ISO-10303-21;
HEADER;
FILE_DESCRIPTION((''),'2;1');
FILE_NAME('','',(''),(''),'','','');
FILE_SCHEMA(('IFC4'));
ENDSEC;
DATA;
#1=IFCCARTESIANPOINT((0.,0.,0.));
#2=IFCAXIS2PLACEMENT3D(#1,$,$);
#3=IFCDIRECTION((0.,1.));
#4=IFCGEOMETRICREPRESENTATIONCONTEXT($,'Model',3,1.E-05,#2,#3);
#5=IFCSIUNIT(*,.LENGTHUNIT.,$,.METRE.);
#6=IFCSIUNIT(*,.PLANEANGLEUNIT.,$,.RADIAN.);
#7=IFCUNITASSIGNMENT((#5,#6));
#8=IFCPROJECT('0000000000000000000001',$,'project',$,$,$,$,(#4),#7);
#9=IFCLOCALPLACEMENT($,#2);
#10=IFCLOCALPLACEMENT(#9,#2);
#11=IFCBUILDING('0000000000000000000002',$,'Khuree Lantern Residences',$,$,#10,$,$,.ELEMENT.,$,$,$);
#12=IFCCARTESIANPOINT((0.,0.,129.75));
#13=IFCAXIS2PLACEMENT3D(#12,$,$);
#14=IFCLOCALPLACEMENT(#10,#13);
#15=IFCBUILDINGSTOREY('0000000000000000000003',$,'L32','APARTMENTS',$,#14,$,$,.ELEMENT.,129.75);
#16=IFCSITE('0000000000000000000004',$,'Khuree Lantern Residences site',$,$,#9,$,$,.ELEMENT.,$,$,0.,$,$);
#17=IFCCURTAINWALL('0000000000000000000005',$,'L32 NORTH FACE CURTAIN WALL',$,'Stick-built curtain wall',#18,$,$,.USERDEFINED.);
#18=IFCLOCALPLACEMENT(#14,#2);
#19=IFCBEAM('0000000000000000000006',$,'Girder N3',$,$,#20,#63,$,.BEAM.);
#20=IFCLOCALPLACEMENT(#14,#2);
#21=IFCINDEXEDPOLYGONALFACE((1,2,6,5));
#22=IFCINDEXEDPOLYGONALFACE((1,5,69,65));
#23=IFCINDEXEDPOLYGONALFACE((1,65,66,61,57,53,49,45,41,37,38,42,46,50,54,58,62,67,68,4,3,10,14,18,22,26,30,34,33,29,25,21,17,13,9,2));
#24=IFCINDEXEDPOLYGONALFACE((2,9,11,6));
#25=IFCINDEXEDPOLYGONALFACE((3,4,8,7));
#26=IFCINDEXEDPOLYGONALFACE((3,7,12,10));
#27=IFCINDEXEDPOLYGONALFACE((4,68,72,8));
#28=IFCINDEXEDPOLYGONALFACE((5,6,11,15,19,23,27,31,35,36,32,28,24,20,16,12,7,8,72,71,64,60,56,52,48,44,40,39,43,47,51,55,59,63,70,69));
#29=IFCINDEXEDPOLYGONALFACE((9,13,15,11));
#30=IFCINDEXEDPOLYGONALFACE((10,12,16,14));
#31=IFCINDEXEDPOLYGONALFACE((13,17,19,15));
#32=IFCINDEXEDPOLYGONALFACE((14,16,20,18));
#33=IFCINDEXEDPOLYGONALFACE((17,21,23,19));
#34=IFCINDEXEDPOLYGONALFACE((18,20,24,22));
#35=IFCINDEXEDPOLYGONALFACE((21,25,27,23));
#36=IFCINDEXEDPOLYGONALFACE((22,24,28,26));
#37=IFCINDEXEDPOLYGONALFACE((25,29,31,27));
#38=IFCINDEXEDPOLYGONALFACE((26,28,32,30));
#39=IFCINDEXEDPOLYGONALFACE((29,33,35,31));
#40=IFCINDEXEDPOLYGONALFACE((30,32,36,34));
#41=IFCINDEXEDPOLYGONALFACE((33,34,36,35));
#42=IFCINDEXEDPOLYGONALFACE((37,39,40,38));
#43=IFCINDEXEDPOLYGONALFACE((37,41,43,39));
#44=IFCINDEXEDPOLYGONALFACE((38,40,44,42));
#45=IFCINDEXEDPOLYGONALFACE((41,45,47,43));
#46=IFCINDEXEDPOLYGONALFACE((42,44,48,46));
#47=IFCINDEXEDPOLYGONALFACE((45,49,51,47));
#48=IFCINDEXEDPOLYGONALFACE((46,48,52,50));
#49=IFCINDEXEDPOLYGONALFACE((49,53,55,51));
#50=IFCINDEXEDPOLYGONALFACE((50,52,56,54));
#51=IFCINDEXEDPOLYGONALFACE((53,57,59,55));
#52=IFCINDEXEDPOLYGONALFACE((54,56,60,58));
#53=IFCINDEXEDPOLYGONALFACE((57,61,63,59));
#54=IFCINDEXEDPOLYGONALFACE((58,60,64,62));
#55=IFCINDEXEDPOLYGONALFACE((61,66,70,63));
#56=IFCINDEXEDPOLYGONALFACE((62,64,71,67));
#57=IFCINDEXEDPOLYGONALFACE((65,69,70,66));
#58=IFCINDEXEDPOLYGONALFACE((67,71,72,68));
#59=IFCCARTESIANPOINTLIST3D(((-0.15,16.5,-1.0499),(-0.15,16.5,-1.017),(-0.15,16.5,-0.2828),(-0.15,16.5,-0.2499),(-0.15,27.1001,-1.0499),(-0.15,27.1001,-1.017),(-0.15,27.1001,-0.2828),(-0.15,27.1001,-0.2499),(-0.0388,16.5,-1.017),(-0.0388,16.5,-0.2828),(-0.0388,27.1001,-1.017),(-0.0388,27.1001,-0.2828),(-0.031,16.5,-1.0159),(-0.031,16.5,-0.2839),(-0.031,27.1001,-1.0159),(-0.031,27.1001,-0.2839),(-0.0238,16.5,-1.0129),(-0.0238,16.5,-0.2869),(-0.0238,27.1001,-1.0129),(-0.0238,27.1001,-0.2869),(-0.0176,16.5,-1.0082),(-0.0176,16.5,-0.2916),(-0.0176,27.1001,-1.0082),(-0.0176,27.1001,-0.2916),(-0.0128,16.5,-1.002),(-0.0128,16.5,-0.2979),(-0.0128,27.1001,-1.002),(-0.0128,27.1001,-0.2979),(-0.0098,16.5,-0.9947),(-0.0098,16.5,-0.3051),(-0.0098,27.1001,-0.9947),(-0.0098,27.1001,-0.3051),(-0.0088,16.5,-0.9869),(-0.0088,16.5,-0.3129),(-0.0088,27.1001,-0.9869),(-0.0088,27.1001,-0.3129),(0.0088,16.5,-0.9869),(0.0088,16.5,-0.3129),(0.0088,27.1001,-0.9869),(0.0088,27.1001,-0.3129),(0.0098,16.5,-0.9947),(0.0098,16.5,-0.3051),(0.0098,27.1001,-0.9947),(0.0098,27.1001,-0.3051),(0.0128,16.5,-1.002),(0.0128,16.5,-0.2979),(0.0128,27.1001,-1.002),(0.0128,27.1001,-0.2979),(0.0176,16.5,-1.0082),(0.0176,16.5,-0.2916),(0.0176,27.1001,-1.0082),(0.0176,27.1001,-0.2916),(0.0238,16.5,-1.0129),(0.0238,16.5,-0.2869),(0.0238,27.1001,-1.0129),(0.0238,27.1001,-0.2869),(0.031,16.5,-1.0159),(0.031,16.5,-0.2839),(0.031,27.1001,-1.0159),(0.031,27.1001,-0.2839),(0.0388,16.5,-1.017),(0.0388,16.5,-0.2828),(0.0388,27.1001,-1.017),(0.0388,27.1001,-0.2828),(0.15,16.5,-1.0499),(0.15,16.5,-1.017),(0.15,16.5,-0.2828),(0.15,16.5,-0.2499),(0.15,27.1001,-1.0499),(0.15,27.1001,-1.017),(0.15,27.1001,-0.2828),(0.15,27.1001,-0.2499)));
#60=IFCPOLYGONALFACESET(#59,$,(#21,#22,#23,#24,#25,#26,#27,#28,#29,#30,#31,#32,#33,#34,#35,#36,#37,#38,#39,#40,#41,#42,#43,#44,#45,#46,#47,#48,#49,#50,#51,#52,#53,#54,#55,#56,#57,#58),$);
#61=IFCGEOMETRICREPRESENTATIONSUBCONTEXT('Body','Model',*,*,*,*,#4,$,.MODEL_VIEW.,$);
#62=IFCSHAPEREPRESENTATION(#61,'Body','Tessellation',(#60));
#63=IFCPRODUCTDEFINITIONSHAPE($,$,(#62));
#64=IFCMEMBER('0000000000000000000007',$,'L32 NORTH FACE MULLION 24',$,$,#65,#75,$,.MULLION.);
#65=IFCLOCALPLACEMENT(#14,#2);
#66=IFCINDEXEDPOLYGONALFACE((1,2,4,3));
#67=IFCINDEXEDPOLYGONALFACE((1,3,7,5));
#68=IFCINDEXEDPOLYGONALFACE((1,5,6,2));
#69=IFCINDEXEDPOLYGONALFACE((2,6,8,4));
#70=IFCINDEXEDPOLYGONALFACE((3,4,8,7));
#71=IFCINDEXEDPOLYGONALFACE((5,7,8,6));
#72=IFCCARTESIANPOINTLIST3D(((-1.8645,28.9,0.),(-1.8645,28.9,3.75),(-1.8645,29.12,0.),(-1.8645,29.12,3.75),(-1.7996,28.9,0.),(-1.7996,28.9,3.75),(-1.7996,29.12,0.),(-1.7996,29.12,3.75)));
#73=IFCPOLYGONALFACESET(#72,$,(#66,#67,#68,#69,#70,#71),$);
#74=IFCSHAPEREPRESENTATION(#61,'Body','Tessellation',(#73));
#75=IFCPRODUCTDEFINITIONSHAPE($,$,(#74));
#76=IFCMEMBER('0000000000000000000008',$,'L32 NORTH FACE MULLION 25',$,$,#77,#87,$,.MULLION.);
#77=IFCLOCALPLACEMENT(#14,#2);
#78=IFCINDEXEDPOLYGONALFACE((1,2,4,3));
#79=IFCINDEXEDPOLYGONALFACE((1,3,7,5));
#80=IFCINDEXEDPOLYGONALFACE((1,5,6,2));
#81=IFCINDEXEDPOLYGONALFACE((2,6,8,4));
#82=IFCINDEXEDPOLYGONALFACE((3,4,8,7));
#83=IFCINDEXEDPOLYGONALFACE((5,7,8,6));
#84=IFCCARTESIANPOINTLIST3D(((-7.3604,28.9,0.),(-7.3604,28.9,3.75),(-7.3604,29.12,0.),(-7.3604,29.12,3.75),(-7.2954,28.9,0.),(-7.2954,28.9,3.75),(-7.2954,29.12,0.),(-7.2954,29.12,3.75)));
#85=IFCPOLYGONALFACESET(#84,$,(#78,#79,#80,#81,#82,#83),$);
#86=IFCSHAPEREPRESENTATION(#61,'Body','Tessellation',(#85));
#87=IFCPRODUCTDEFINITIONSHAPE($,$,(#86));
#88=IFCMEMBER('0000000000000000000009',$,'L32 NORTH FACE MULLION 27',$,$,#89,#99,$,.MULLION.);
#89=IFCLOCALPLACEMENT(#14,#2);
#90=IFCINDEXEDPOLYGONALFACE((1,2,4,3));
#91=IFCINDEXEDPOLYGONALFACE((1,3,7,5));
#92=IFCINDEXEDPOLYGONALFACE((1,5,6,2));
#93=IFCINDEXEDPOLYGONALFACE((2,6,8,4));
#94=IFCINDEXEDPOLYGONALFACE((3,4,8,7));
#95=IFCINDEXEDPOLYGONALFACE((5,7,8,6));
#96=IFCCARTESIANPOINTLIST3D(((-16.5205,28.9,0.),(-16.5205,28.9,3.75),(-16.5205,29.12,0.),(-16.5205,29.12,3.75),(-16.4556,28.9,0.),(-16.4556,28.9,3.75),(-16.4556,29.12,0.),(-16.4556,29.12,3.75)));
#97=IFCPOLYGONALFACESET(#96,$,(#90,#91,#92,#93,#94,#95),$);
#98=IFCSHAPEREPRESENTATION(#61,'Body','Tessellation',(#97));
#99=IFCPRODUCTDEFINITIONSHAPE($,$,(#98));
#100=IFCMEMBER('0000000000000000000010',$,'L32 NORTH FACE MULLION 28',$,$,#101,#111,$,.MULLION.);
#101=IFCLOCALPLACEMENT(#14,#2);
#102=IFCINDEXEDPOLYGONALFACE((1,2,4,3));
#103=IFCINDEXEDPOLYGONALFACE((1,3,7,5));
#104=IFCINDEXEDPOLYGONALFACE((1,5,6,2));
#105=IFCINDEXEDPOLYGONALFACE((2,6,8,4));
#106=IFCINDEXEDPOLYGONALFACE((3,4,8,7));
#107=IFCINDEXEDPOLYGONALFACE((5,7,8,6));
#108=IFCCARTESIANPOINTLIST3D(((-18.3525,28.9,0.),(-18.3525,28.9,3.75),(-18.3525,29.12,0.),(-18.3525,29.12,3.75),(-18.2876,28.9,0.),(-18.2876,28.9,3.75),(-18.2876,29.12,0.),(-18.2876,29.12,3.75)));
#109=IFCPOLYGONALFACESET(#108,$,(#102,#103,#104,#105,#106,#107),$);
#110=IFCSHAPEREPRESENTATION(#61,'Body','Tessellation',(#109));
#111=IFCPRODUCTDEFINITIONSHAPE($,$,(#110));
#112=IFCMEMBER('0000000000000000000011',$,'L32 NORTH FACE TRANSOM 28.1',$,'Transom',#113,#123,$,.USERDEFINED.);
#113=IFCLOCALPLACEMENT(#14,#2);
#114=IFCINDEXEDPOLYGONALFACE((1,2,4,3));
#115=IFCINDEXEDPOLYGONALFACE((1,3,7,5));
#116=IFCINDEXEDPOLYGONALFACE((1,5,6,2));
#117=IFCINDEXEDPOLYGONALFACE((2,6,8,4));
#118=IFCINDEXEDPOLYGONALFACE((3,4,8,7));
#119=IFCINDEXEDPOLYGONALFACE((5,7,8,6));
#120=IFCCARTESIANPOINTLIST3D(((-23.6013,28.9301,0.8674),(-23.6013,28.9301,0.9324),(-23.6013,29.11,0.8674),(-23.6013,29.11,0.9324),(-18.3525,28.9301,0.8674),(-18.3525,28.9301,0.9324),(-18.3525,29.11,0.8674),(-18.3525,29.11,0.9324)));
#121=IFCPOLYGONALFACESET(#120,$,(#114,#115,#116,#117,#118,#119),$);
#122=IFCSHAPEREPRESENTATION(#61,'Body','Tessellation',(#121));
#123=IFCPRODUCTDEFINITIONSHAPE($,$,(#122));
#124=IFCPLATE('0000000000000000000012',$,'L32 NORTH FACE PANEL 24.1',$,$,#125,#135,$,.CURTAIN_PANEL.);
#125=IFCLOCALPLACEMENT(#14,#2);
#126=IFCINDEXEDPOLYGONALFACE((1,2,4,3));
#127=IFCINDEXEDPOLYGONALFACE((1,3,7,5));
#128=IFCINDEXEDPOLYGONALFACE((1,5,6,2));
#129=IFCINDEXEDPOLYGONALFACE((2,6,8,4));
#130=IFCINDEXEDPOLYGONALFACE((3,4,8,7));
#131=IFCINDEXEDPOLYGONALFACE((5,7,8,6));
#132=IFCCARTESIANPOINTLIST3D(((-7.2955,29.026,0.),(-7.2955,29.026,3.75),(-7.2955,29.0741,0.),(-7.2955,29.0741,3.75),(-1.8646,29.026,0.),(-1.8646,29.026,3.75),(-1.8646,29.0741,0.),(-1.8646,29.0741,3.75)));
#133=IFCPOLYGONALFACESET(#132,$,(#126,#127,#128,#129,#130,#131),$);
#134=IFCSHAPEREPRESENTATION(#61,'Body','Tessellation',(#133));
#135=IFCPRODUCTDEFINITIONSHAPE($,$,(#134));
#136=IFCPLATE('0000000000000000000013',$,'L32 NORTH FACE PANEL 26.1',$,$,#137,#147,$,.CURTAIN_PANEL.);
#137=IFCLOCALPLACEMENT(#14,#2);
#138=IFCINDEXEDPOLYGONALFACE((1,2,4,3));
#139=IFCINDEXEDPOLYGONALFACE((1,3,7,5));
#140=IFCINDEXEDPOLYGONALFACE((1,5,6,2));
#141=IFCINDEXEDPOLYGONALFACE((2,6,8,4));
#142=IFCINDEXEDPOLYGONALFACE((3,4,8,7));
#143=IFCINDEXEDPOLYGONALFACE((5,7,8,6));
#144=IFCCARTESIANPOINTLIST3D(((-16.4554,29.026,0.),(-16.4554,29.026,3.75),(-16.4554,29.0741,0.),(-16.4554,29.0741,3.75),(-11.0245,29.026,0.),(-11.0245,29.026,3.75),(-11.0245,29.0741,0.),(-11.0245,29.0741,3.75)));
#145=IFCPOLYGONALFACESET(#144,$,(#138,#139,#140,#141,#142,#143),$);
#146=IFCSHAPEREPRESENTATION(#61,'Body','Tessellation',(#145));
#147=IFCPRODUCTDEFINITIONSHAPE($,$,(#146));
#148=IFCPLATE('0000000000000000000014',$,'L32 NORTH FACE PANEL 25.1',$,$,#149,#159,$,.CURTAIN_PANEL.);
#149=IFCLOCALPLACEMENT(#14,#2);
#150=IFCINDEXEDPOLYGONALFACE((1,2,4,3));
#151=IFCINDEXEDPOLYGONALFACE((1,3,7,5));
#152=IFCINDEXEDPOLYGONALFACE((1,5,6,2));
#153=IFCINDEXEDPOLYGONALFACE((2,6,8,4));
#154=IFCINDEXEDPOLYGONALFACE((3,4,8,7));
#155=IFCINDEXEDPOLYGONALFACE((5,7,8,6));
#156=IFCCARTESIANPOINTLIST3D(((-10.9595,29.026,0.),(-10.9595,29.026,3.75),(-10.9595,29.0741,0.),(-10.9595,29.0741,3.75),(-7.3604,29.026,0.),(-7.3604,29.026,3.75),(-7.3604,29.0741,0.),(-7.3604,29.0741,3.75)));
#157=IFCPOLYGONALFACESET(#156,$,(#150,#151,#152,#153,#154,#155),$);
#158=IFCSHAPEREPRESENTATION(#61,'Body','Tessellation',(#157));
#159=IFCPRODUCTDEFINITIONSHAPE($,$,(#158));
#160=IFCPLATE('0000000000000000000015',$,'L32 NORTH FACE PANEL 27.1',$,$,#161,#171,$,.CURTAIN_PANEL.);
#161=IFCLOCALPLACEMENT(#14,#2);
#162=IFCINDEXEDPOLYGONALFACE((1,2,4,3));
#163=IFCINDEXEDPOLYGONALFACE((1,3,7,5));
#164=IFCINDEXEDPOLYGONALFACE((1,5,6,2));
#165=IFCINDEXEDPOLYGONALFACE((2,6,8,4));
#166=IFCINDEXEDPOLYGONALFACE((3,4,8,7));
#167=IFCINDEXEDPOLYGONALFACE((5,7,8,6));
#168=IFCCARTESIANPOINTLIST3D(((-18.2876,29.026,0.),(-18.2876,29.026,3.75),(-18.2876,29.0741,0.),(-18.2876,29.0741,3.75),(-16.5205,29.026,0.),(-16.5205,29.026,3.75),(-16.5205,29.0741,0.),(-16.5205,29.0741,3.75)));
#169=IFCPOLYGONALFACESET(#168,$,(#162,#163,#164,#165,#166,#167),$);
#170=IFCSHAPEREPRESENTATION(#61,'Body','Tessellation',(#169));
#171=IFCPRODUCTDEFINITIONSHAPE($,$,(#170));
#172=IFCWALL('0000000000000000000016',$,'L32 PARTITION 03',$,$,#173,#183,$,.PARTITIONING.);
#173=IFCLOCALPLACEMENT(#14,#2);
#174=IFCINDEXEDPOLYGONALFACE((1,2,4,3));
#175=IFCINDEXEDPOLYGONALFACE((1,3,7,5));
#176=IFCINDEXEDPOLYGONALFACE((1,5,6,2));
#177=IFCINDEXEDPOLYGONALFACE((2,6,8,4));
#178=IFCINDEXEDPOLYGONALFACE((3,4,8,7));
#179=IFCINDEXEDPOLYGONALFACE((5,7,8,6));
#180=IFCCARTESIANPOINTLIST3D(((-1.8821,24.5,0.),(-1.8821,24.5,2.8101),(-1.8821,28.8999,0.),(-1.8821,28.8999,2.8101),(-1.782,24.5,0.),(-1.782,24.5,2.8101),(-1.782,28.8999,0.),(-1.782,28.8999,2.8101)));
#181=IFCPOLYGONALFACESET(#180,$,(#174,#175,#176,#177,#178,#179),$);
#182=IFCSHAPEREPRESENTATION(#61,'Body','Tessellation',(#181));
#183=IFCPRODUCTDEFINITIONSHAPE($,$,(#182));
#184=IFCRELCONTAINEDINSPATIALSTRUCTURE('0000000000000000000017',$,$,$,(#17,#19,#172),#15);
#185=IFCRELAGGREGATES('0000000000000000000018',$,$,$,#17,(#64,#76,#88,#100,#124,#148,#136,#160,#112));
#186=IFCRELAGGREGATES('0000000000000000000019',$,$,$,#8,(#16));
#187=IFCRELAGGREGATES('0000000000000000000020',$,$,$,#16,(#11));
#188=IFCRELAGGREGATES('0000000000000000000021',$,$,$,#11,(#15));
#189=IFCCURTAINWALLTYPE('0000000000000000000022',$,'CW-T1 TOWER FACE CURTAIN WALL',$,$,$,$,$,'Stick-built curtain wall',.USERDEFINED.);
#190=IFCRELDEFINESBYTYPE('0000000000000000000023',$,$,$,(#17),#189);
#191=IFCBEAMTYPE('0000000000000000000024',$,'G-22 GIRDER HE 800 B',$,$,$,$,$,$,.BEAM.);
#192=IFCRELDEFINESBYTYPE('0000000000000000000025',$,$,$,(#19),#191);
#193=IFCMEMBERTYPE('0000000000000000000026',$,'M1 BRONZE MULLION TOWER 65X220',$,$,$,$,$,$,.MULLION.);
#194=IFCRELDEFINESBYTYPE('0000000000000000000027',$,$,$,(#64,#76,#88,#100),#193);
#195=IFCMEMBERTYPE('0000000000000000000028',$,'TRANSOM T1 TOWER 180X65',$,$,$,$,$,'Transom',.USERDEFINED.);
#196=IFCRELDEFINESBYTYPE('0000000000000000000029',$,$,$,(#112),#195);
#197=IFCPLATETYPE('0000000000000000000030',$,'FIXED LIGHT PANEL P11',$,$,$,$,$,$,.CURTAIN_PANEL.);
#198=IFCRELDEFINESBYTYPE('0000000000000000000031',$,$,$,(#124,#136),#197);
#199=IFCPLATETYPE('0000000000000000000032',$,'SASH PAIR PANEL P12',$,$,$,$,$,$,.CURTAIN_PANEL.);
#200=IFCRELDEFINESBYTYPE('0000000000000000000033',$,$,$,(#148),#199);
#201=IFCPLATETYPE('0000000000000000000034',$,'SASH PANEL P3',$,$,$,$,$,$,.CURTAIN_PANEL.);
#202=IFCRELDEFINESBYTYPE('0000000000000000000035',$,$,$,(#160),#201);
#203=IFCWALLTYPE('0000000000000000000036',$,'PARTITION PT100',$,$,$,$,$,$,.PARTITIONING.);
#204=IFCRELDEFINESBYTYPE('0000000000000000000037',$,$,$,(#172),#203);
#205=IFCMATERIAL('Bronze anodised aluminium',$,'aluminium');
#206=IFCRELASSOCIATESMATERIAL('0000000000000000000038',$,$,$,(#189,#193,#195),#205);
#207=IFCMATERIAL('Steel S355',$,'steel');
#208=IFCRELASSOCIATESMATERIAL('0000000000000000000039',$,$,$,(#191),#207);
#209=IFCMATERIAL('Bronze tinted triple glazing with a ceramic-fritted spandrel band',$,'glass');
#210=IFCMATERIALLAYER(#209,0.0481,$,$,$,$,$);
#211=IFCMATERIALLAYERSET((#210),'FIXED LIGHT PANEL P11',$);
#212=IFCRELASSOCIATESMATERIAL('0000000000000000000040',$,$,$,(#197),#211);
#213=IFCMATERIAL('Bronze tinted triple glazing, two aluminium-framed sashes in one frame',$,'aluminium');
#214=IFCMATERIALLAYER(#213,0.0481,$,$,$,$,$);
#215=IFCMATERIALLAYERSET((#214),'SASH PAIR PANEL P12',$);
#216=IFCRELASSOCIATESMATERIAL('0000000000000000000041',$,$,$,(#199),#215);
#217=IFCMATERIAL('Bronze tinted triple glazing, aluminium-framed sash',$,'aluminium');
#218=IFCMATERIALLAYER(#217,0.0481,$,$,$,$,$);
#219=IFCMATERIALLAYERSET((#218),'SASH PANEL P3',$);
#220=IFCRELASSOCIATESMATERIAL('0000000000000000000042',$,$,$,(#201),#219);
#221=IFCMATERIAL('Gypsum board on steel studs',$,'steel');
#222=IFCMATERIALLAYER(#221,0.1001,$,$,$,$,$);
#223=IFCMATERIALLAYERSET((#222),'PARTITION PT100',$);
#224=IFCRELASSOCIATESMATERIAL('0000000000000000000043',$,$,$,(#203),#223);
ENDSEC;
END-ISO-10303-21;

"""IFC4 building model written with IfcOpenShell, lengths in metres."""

from ifc_helpers import new_model, si_unit, direction, frame, frame_2d, origin, origin_2d, place, context, subcontext, project, spatial, rectangle, i_section, extrude, material, layer, layer_set, material_profile, profile_set, type_object, element, aggregate, save


model = new_model("IFC4")

# Units and contexts
model_context = context("Model", 3, precision=1e-05, world=origin(), true_north=direction((0.0, 1.0)))
body_context = subcontext(model_context, "Body", "Model", "MODEL_VIEW")
ifc_project = project(units=[si_unit("LENGTHUNIT", "METRE"), si_unit("PLANEANGLEUNIT", "RADIAN")], contexts=[model_context])

# Site, building, storey
site_placement = place(None, origin())
site = spatial("IfcSite", under=ifc_project, at=site_placement, Name="Khuree Lantern Residences site", CompositionType="ELEMENT", RefElevation=0.0)
building_placement = place(site_placement, origin())
building = spatial("IfcBuilding", under=site, at=building_placement, Name="Khuree Lantern Residences", CompositionType="ELEMENT")
storey_placement = place(building_placement, frame((0.0, 0.0, 129.75)))
storey = spatial("IfcBuildingStorey", under=building, at=storey_placement, Name="L32", Description="APARTMENTS", CompositionType="ELEMENT", Elevation=129.75)

# Shared definitions
ifc_material_1 = material(Name="Steel S355", Category="steel")

# Curtain wall
ifc_material_2 = material(Name="Bronze anodised aluminium", Category="aluminium")
curtain_wall_type = type_object("IfcCurtainWallType", Name="CW-T1 TOWER FACE CURTAIN WALL", ElementType="Stick-built curtain wall", PredefinedType="USERDEFINED", material=ifc_material_2)
curtain_wall_placement = place(storey_placement, origin())
curtain_wall = element("IfcCurtainWall", 1, at=curtain_wall_placement, inside=storey, type_object=curtain_wall_type, Name="L32 NORTH FACE CURTAIN WALL", ObjectType="Stick-built curtain wall", PredefinedType="USERDEFINED")

# Beam
ifc_material_profile_1 = material_profile(ifc_material_1, i_section(OverallWidth=0.3, OverallDepth=0.8, WebThickness=0.0176, FlangeThickness=0.033, FilletRadius=0.03, at=origin_2d()), Name="HE 800 B")
ifc_profile_set_1 = profile_set([ifc_material_profile_1], Name="Steel S355")
beam_type_1 = type_object("IfcBeamType", Name="G-22 GIRDER HE 800 B", PredefinedType="BEAM", material=ifc_profile_set_1)
for number, where, z_axis, x_axis, name in (
    (2, (0.0, 27.1001, -0.6499), (0.0, -1.0, 0.0), (1.0, 0.0, 0.0), "Girder N3"),
):
    element("IfcBeam", number, at=place(storey_placement, frame(where, z_axis=z_axis, x_axis=x_axis)), inside=storey, type_object=beam_type_1, Name=name, PredefinedType="BEAM", context=body_context, shape_type="SweptSolid", body=[
        extrude(i_section(OverallWidth=0.3, OverallDepth=0.8, WebThickness=0.0176, FlangeThickness=0.033, FilletRadius=0.03, at=origin_2d()), origin(), (0.0, 0.0, 1.0), 10.6001),
    ])

# Members
ifc_material_profile_2 = material_profile(ifc_material_2, rectangle(XDim=0.0649, YDim=0.22, at=origin_2d()), Name="M1 65X220")
ifc_profile_set_2 = profile_set([ifc_material_profile_2], Name="Bronze anodised aluminium")
member_type_1 = type_object("IfcMemberType", Name="M1 BRONZE MULLION TOWER 65X220", PredefinedType="MULLION", material=ifc_profile_set_2)
member_1_placement = place(storey_placement, frame((-1.832, 29.01, 0.0), z_axis=(0.0, 0.0, 1.0), x_axis=(-1.0, 0.0, 0.0)))
member_1 = element("IfcMember", 3, at=member_1_placement, type_object=member_type_1, Name="L32 NORTH FACE MULLION 24", PredefinedType="MULLION", context=body_context, shape_type="SweptSolid", body=[
    extrude(rectangle(XDim=0.0649, YDim=0.22, at=origin_2d()), origin(), (0.0, 0.0, 1.0), 3.75),
])
member_2_placement = place(storey_placement, frame((-7.3279, 29.01, 0.0), z_axis=(0.0, 0.0, 1.0), x_axis=(-1.0, 0.0, 0.0)))
member_2 = element("IfcMember", 4, at=member_2_placement, type_object=member_type_1, Name="L32 NORTH FACE MULLION 25", PredefinedType="MULLION", context=body_context, shape_type="SweptSolid", body=[
    extrude(rectangle(XDim=0.0649, YDim=0.22, at=origin_2d()), origin(), (0.0, 0.0, 1.0), 3.75),
])
member_3_placement = place(storey_placement, frame((-16.488, 29.01, 0.0), z_axis=(0.0, 0.0, 1.0), x_axis=(-1.0, 0.0, 0.0)))
member_3 = element("IfcMember", 5, at=member_3_placement, type_object=member_type_1, Name="L32 NORTH FACE MULLION 27", PredefinedType="MULLION", context=body_context, shape_type="SweptSolid", body=[
    extrude(rectangle(XDim=0.0649, YDim=0.22, at=origin_2d()), origin(), (0.0, 0.0, 1.0), 3.75),
])
member_4_placement = place(storey_placement, frame((-18.3201, 29.01, 0.0), z_axis=(0.0, 0.0, 1.0), x_axis=(-1.0, 0.0, 0.0)))
member_4 = element("IfcMember", 6, at=member_4_placement, type_object=member_type_1, Name="L32 NORTH FACE MULLION 28", PredefinedType="MULLION", context=body_context, shape_type="SweptSolid", body=[
    extrude(rectangle(XDim=0.0649, YDim=0.22, at=origin_2d()), origin(), (0.0, 0.0, 1.0), 3.75),
])
ifc_material_profile_3 = material_profile(ifc_material_2, rectangle(XDim=0.1799, YDim=0.0649, at=origin_2d()), Name="T1 180X65")
ifc_profile_set_3 = profile_set([ifc_material_profile_3], Name="Bronze anodised aluminium")
member_type_2 = type_object("IfcMemberType", Name="TRANSOM T1 TOWER 180X65", ElementType="Transom", PredefinedType="USERDEFINED", material=ifc_profile_set_3)
member_5_placement = place(storey_placement, frame((-18.3525, 29.02, 0.8999), z_axis=(-1.0, 0.0, 0.0), x_axis=(0.0, -1.0, 0.0)))
member_5 = element("IfcMember", 7, at=member_5_placement, type_object=member_type_2, Name="L32 NORTH FACE TRANSOM 28.1", ObjectType="Transom", PredefinedType="USERDEFINED", context=body_context, shape_type="SweptSolid", body=[
    extrude(rectangle(XDim=0.1799, YDim=0.0649, at=origin_2d()), origin(), (0.0, 0.0, 1.0), 5.2488),
])

# Plates
ifc_material_3 = material(Name="Bronze tinted triple glazing with a ceramic-fritted spandrel band", Category="glass")
ifc_layer_1 = layer(ifc_material_3, 0.0481)
ifc_layer_set_1 = layer_set([ifc_layer_1], Name="FIXED LIGHT PANEL P11")
plate_type_1 = type_object("IfcPlateType", Name="FIXED LIGHT PANEL P11", PredefinedType="CURTAIN_PANEL", material=ifc_layer_set_1)
plate_1_placement = place(storey_placement, frame((-4.5801, 29.05, 0.0), z_axis=(0.0, 0.0, 1.0), x_axis=(-1.0, 0.0, 0.0)))
plate_1 = element("IfcPlate", 8, at=plate_1_placement, type_object=plate_type_1, Name="L32 NORTH FACE PANEL 24.1", PredefinedType="CURTAIN_PANEL", context=body_context, shape_type="SweptSolid", body=[
    extrude(rectangle(XDim=5.4309, YDim=0.0481, at=origin_2d()), origin(), (0.0, 0.0, 1.0), 3.75),
])
plate_2_placement = place(storey_placement, frame((-13.74, 29.05, 0.0), z_axis=(0.0, 0.0, 1.0), x_axis=(-1.0, 0.0, 0.0)))
plate_2 = element("IfcPlate", 9, at=plate_2_placement, type_object=plate_type_1, Name="L32 NORTH FACE PANEL 26.1", PredefinedType="CURTAIN_PANEL", context=body_context, shape_type="SweptSolid", body=[
    extrude(rectangle(XDim=5.4309, YDim=0.0481, at=origin_2d()), origin(), (0.0, 0.0, 1.0), 3.75),
])
ifc_material_4 = material(Name="Bronze tinted triple glazing, two aluminium-framed sashes in one frame", Category="aluminium")
ifc_layer_2 = layer(ifc_material_4, 0.0481)
ifc_layer_set_2 = layer_set([ifc_layer_2], Name="SASH PAIR PANEL P12")
plate_type_2 = type_object("IfcPlateType", Name="SASH PAIR PANEL P12", PredefinedType="CURTAIN_PANEL", material=ifc_layer_set_2)
plate_3_placement = place(storey_placement, frame((-9.1599, 29.05, 0.0), z_axis=(0.0, 0.0, 1.0), x_axis=(-1.0, 0.0, 0.0)))
plate_3 = element("IfcPlate", 10, at=plate_3_placement, type_object=plate_type_2, Name="L32 NORTH FACE PANEL 25.1", PredefinedType="CURTAIN_PANEL", context=body_context, shape_type="SweptSolid", body=[
    extrude(rectangle(XDim=3.5991, YDim=0.0481, at=origin_2d()), origin(), (0.0, 0.0, 1.0), 3.75),
])
ifc_material_5 = material(Name="Bronze tinted triple glazing, aluminium-framed sash", Category="aluminium")
ifc_layer_3 = layer(ifc_material_5, 0.0481)
ifc_layer_set_3 = layer_set([ifc_layer_3], Name="SASH PANEL P3")
plate_type_3 = type_object("IfcPlateType", Name="SASH PANEL P3", PredefinedType="CURTAIN_PANEL", material=ifc_layer_set_3)
plate_4_placement = place(storey_placement, frame((-17.4041, 29.05, 0.0), z_axis=(0.0, 0.0, 1.0), x_axis=(-1.0, 0.0, 0.0)))
plate_4 = element("IfcPlate", 11, at=plate_4_placement, type_object=plate_type_3, Name="L32 NORTH FACE PANEL 27.1", PredefinedType="CURTAIN_PANEL", context=body_context, shape_type="SweptSolid", body=[
    extrude(rectangle(XDim=1.7671, YDim=0.0481, at=origin_2d()), origin(), (0.0, 0.0, 1.0), 3.75),
])
aggregate(curtain_wall, [member_1, member_2, member_3, member_4, plate_1, plate_3, plate_2, plate_4, member_5])

# Wall
ifc_material_6 = material(Name="Gypsum board on steel studs", Category="steel")
ifc_layer_4 = layer(ifc_material_6, 0.1001)
ifc_layer_set_4 = layer_set([ifc_layer_4], Name="PARTITION PT100")
wall_type = type_object("IfcWallType", Name="PARTITION PT100", PredefinedType="PARTITIONING", material=ifc_layer_set_4)
for number, where, z_axis, x_axis, name in (
    (12, (-1.832, 24.5, 0.0), (0.0, 0.0, 1.0), (0.0, 1.0, 0.0), "L32 PARTITION 03"),
):
    element("IfcWall", number, at=place(storey_placement, frame(where, z_axis=z_axis, x_axis=x_axis)), inside=storey, type_object=wall_type, Name=name, PredefinedType="PARTITIONING", context=body_context, shape_type="SweptSolid", body=[
        extrude(rectangle(XDim=4.3999, YDim=0.1001, at=frame_2d((2.2, 0.0))), origin(), (0.0, 0.0, 1.0), 2.8101),
    ])

save(model, "model.ifc")
